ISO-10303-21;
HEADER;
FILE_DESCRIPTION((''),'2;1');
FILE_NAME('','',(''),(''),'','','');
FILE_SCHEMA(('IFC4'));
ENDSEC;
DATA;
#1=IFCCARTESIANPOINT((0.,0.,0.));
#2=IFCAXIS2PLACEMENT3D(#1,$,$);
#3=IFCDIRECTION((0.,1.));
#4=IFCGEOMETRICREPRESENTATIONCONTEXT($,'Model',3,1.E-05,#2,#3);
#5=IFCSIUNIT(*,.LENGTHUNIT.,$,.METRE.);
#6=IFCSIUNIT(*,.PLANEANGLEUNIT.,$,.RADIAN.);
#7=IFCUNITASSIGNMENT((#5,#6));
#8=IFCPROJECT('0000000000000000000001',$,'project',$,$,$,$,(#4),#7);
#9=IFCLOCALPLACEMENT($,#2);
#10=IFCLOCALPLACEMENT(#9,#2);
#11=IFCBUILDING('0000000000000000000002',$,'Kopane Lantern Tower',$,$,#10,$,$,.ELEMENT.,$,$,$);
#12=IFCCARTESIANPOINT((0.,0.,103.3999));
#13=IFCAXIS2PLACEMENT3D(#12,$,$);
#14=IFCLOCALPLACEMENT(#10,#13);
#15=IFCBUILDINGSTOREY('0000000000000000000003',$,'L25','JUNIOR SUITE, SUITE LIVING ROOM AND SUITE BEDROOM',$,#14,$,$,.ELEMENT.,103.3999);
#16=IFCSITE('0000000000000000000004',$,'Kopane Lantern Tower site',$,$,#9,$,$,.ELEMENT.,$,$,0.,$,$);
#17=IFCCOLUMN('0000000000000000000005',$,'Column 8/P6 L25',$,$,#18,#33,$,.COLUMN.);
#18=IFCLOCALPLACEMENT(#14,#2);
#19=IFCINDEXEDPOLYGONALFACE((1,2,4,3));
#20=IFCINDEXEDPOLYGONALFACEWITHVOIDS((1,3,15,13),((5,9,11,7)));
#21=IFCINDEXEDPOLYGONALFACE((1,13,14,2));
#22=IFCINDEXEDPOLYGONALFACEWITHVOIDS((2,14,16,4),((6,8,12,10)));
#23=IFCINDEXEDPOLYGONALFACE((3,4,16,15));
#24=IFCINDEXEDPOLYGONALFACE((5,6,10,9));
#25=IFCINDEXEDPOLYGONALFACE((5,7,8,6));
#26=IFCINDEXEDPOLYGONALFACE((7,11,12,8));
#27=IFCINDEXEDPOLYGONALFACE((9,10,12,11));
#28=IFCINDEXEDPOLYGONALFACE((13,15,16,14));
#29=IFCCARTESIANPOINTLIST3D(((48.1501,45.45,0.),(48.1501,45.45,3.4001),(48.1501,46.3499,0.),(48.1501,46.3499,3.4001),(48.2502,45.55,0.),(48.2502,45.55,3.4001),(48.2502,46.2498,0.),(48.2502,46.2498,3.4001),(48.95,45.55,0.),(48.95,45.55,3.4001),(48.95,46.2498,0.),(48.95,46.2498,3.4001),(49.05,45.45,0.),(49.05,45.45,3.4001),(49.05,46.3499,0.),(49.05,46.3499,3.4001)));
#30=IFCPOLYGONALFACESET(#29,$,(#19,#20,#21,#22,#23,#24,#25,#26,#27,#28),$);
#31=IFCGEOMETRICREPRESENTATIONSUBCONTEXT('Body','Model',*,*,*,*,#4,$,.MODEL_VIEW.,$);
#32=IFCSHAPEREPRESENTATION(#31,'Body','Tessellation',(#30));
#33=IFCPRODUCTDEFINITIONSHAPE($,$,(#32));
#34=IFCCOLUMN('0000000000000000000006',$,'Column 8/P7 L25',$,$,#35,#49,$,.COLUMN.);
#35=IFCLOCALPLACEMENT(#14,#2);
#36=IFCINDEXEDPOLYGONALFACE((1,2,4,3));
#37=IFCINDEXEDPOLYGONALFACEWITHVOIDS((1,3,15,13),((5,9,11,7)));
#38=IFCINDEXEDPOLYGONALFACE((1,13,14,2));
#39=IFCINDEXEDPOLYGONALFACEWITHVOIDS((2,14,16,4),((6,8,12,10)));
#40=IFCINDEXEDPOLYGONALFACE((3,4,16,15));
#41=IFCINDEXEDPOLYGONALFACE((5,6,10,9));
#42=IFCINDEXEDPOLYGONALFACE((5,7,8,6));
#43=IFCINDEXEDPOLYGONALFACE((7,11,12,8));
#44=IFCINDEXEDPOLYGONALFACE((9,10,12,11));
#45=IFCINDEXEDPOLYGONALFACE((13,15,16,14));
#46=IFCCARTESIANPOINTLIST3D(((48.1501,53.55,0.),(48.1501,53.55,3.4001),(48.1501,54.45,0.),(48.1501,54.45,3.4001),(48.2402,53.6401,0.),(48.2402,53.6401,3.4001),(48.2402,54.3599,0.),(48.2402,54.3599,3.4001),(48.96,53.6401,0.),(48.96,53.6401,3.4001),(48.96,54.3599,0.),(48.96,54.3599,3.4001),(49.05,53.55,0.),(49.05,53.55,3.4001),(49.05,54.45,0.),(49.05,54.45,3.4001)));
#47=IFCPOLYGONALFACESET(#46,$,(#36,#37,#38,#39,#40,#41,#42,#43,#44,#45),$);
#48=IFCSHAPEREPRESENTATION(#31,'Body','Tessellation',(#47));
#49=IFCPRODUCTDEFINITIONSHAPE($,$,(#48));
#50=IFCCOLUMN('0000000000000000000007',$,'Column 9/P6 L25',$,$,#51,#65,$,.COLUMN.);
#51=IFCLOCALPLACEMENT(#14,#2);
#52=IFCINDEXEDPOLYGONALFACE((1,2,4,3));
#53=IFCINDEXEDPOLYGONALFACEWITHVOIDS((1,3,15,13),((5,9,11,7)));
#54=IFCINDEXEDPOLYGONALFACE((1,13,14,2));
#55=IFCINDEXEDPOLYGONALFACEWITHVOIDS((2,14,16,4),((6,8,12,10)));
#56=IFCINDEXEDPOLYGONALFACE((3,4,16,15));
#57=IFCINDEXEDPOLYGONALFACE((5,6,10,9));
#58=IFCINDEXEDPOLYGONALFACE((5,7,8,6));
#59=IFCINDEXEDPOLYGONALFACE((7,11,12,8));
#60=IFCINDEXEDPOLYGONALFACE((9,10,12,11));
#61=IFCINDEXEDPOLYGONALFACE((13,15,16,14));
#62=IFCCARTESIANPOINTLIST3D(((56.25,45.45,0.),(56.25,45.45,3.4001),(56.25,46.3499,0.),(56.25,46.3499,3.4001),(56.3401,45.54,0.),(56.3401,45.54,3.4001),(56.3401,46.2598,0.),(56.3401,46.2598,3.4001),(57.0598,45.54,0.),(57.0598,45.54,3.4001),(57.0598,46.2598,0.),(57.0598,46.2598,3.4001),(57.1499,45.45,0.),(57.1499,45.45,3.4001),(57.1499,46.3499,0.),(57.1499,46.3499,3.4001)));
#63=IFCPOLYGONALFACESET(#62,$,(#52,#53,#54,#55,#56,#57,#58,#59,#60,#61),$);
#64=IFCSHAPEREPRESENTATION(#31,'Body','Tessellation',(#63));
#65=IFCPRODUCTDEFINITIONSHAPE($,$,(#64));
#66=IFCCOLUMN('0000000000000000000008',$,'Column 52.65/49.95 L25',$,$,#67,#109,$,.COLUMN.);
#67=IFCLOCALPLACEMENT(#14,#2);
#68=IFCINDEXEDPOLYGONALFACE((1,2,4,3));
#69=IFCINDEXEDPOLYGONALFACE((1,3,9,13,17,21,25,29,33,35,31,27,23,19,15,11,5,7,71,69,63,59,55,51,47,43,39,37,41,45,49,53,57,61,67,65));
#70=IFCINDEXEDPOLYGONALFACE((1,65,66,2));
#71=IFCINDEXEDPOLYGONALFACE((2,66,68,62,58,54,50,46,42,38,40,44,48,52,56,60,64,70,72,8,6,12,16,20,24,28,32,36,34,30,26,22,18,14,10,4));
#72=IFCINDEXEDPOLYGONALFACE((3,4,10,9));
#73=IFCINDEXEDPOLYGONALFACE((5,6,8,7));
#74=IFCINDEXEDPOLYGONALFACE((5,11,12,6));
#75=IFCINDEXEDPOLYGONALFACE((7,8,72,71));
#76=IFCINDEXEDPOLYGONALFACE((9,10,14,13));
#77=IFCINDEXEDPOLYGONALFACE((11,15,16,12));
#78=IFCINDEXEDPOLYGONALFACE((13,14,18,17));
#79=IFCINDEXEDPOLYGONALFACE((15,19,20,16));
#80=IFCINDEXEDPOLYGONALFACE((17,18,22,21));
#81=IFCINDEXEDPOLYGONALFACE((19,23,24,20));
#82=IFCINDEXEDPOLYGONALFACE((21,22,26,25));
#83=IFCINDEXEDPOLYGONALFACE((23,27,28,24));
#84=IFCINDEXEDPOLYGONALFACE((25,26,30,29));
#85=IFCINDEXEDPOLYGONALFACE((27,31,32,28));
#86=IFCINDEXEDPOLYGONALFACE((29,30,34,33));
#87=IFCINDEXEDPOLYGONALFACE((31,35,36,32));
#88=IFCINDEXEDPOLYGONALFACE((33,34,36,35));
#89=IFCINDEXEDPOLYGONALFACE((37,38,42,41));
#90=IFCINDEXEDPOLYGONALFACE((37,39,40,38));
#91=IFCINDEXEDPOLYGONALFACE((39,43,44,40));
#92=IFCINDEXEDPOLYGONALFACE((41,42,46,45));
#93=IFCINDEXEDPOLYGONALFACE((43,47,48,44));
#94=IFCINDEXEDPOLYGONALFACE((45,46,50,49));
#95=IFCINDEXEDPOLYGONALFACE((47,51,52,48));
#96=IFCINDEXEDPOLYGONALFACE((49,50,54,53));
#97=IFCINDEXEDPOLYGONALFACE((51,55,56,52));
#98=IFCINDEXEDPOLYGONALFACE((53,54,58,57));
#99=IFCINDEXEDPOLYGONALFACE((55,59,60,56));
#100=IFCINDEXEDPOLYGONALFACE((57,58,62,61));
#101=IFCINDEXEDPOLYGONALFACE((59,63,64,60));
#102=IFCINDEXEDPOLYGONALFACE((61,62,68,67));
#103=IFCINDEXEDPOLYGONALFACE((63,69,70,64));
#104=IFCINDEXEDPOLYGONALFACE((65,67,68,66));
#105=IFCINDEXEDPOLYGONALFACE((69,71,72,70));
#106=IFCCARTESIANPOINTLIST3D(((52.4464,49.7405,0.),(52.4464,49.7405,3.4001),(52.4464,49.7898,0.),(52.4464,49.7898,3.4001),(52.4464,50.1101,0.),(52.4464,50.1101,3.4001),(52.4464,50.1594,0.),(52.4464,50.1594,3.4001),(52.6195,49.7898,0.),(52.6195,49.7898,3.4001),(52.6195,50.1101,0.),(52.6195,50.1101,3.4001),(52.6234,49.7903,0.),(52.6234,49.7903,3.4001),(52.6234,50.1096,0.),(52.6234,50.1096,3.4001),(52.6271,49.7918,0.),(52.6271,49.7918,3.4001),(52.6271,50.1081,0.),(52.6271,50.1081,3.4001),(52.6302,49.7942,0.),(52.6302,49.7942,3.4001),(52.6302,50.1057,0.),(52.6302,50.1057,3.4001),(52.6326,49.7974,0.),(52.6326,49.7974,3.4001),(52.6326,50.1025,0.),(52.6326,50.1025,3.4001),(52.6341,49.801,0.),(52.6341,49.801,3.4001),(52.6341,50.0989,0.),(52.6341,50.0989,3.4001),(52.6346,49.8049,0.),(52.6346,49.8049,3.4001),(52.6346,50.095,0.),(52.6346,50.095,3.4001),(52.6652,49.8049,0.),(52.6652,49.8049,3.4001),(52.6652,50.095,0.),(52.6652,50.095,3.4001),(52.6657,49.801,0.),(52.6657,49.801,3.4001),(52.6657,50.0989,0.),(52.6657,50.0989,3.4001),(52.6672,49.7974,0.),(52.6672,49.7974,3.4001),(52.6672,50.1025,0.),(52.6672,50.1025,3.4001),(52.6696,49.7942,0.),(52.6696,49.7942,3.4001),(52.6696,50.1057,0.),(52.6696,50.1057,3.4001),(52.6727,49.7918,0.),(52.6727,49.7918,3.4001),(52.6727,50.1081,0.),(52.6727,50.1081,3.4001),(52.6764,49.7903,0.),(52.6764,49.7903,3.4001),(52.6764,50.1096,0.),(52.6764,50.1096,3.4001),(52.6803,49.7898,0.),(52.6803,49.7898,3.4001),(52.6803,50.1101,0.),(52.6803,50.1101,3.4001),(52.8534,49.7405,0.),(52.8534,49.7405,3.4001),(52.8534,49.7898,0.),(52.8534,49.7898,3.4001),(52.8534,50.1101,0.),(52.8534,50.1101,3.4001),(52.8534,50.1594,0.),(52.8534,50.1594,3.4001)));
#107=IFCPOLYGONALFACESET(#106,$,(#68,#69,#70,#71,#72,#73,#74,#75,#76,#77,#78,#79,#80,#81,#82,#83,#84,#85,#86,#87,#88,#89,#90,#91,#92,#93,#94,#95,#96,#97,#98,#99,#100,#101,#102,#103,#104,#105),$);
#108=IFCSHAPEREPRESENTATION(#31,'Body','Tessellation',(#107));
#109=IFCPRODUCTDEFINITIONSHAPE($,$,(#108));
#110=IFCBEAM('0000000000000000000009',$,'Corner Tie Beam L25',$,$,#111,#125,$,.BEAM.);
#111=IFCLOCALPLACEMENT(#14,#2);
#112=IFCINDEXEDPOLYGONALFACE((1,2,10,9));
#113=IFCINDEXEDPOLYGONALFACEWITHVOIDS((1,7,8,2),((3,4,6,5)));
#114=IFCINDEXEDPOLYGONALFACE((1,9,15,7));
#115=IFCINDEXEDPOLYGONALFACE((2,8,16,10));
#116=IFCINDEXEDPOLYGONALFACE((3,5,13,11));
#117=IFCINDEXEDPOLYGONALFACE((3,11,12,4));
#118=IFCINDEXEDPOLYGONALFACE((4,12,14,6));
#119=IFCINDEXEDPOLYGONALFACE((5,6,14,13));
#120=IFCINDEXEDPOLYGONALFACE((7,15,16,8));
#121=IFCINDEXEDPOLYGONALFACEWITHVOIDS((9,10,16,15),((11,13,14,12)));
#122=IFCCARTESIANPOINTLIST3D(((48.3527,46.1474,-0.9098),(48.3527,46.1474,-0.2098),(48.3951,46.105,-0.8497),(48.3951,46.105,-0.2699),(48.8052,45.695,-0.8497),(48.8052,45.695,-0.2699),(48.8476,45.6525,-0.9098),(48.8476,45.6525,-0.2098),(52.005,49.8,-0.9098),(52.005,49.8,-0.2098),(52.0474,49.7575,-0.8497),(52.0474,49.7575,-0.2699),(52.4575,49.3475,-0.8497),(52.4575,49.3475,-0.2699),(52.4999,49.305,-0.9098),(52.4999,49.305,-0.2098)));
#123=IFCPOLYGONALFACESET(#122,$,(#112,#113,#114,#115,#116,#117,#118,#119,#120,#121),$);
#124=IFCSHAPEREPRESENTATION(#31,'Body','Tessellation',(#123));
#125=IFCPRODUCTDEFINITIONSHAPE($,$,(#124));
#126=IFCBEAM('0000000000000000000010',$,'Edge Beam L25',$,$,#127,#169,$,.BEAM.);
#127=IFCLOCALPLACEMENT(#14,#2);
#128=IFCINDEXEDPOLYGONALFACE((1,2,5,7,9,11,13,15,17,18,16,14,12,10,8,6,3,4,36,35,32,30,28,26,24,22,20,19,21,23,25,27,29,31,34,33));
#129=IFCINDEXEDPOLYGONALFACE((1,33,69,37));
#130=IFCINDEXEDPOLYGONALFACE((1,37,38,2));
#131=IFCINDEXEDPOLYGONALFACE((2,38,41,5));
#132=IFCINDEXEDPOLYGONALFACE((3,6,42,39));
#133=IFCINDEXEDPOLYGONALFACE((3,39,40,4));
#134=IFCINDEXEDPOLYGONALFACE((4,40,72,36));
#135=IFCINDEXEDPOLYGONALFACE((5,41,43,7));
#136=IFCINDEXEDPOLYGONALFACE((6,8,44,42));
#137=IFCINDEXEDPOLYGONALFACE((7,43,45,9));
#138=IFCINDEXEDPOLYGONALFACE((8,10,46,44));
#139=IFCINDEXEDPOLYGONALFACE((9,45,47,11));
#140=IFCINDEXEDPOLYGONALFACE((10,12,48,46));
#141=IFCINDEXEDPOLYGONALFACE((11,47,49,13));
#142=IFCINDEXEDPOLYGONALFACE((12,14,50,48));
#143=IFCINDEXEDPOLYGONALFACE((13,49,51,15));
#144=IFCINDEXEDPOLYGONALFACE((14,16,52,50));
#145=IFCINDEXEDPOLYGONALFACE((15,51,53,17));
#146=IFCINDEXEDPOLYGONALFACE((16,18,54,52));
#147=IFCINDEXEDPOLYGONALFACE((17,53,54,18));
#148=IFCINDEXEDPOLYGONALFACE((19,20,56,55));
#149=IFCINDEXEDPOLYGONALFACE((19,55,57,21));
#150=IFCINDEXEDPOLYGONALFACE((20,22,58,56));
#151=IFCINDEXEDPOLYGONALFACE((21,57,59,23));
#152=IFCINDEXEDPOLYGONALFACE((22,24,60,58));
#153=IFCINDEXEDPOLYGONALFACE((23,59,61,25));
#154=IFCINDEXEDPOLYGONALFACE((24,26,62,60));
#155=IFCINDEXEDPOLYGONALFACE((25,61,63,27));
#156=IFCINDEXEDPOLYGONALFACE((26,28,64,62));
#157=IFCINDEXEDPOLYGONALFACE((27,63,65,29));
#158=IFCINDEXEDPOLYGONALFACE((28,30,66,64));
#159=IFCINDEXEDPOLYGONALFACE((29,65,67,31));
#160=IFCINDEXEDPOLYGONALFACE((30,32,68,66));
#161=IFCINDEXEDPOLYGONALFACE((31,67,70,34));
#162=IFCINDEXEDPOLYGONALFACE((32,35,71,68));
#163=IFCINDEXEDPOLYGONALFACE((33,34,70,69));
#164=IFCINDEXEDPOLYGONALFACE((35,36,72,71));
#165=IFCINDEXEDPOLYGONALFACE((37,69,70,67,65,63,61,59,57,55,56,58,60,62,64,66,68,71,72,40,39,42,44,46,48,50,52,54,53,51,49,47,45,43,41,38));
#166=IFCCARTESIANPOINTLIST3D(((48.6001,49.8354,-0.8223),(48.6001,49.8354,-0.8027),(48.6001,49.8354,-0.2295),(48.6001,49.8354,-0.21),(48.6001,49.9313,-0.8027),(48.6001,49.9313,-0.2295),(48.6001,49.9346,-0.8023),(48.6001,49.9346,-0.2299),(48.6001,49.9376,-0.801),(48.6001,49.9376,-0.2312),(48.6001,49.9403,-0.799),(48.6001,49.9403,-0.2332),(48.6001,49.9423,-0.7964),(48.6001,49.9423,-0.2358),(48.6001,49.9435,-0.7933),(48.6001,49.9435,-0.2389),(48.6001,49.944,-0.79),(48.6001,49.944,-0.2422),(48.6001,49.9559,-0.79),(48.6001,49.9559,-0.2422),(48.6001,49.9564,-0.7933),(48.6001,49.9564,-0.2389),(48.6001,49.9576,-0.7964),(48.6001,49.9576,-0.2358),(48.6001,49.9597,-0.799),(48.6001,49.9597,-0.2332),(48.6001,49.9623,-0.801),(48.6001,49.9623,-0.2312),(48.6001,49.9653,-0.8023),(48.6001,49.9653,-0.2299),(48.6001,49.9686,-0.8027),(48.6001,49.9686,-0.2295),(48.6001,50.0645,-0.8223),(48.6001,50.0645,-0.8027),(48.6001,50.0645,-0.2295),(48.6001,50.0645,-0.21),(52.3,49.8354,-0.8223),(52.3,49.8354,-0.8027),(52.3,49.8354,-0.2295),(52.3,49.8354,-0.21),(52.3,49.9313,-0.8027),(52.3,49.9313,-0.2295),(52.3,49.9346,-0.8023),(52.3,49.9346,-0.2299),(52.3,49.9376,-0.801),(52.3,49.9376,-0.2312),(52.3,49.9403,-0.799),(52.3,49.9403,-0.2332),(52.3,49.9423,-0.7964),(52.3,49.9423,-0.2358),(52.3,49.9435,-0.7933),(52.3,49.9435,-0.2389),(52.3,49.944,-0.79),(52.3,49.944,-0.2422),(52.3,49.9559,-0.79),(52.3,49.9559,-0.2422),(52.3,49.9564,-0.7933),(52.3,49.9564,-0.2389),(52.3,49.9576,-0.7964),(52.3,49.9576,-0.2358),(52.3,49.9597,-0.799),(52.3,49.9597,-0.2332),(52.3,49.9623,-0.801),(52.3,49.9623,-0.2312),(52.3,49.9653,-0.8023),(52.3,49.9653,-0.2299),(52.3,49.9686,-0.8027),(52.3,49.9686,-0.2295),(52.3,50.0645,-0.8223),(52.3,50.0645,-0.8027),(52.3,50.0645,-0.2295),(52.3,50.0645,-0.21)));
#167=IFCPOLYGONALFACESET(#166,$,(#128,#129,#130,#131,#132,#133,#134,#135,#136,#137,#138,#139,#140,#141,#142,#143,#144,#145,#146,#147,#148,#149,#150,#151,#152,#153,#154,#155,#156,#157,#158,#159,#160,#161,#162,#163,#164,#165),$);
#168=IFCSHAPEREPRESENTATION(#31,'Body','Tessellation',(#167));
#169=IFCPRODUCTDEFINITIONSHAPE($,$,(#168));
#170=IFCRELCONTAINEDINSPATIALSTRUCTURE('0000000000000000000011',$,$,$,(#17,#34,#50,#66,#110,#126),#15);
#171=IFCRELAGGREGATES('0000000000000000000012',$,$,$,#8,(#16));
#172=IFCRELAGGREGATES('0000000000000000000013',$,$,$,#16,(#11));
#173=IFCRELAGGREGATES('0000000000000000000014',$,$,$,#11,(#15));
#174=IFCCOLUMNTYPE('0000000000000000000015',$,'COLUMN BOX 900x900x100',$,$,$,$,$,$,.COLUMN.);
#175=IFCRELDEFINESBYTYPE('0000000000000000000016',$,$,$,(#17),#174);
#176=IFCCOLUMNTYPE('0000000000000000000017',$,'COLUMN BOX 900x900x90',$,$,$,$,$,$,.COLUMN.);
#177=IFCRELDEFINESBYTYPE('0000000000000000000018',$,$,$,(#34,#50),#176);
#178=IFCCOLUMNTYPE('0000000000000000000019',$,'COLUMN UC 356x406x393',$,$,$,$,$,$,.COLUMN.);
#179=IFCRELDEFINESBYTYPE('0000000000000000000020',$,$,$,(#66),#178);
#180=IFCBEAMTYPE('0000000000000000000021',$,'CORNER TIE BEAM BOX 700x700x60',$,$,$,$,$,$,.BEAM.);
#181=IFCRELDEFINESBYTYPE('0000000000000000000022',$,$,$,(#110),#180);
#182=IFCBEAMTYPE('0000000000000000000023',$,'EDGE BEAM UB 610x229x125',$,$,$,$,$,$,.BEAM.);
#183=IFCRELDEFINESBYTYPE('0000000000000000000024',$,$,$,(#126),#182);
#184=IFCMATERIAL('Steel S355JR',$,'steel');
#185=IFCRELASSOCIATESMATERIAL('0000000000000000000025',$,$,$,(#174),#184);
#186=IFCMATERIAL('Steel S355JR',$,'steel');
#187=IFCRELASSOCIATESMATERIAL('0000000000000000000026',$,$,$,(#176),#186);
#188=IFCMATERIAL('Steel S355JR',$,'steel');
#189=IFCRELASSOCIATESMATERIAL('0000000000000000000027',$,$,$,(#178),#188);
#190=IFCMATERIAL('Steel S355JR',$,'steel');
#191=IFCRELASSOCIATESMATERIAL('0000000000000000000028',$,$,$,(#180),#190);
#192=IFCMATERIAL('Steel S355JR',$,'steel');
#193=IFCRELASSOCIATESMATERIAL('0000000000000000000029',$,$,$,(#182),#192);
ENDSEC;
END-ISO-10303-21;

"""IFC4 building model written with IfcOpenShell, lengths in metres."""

from ifc_helpers import new_model, si_unit, direction, frame, origin, origin_2d, place, context, subcontext, project, spatial, hollow_rectangle, i_section, extrude, material, material_profile, profile_set, type_object, element, save


model = new_model("IFC4")

# Units and contexts
model_context = context("Model", 3, precision=1e-05, world=origin(), true_north=direction((0.0, 1.0)))
body_context = subcontext(model_context, "Body", "Model", "MODEL_VIEW")
ifc_project = project(units=[si_unit("LENGTHUNIT", "METRE"), si_unit("PLANEANGLEUNIT", "RADIAN")], contexts=[model_context])

# Site, building, storey
site_placement = place(None, origin())
site = spatial("IfcSite", under=ifc_project, at=site_placement, Name="Kopane Lantern Tower site", CompositionType="ELEMENT", RefElevation=0.0)
building_placement = place(site_placement, origin())
building = spatial("IfcBuilding", under=site, at=building_placement, Name="Kopane Lantern Tower", CompositionType="ELEMENT")
storey_placement = place(building_placement, frame((0.0, 0.0, 103.3999)))
storey = spatial("IfcBuildingStorey", under=building, at=storey_placement, Name="L25", Description="JUNIOR SUITE, SUITE LIVING ROOM AND SUITE BEDROOM", CompositionType="ELEMENT", Elevation=103.3999)

# Columns
ifc_material_1 = material(Name="Steel S355JR", Category="steel")
ifc_material_profile_1 = material_profile(ifc_material_1, hollow_rectangle(XDim=0.8999, YDim=0.8999, WallThickness=0.1001, at=origin_2d()), Name="BOX 900x900x100")
ifc_profile_set_1 = profile_set([ifc_material_profile_1], Name="Steel S355JR")
column_type_1 = type_object("IfcColumnType", Name="COLUMN BOX 900x900x100", PredefinedType="COLUMN", material=ifc_profile_set_1)
column_1_placement = place(storey_placement, frame((48.6001, 45.8999, 0.0), z_axis=(0.0, 0.0, 1.0), x_axis=(1.0, 0.0, 0.0)))
element("IfcColumn", 1, at=column_1_placement, inside=storey, type_object=column_type_1, Name="Column 8/P6 L25", PredefinedType="COLUMN", context=body_context, shape_type="SweptSolid", body=[
    extrude(hollow_rectangle(XDim=0.8999, YDim=0.8999, WallThickness=0.1001, at=origin_2d()), origin(), (0.0, 0.0, 1.0), 3.4001),
])
ifc_material_2 = material(Name="Steel S355JR", Category="steel")
ifc_material_profile_2 = material_profile(ifc_material_2, hollow_rectangle(XDim=0.8999, YDim=0.8999, WallThickness=0.0901, at=origin_2d()), Name="BOX 900x900x90")
ifc_profile_set_2 = profile_set([ifc_material_profile_2], Name="Steel S355JR")
column_type_2 = type_object("IfcColumnType", Name="COLUMN BOX 900x900x90", PredefinedType="COLUMN", material=ifc_profile_set_2)
for number, where, z_axis, x_axis, name in (
    (2, (48.6001, 54.0, 0.0), (0.0, 0.0, 1.0), (1.0, 0.0, 0.0), "Column 8/P7 L25"),
    (3, (56.7, 45.8999, 0.0), (0.0, 0.0, 1.0), (1.0, 0.0, 0.0), "Column 9/P6 L25"),
):
    element("IfcColumn", number, at=place(storey_placement, frame(where, z_axis=z_axis, x_axis=x_axis)), inside=storey, type_object=column_type_2, Name=name, PredefinedType="COLUMN", context=body_context, shape_type="SweptSolid", body=[
        extrude(hollow_rectangle(XDim=0.8999, YDim=0.8999, WallThickness=0.0901, at=origin_2d()), origin(), (0.0, 0.0, 1.0), 3.4001),
    ])
ifc_material_3 = material(Name="Steel S355JR", Category="steel")
ifc_material_profile_3 = material_profile(ifc_material_3, i_section(OverallWidth=0.407, OverallDepth=0.4189, WebThickness=0.0305, FlangeThickness=0.0493, FilletRadius=0.0151, at=origin_2d()), Name="UC 356x406x393")
ifc_profile_set_3 = profile_set([ifc_material_profile_3], Name="Steel S355JR")
column_type_3 = type_object("IfcColumnType", Name="COLUMN UC 356x406x393", PredefinedType="COLUMN", material=ifc_profile_set_3)
column_2_placement = place(storey_placement, frame((52.6499, 49.95, 0.0), z_axis=(0.0, 0.0, 1.0), x_axis=(1.0, 0.0, 0.0)))
element("IfcColumn", 4, at=column_2_placement, inside=storey, type_object=column_type_3, Name="Column 52.65/49.95 L25", PredefinedType="COLUMN", context=body_context, shape_type="SweptSolid", body=[
    extrude(i_section(OverallWidth=0.407, OverallDepth=0.4189, WebThickness=0.0305, FlangeThickness=0.0493, FilletRadius=0.0151, at=origin_2d()), origin(), (0.0, 0.0, 1.0), 3.4001),
])

# Beams
ifc_material_4 = material(Name="Steel S355JR", Category="steel")
ifc_material_profile_4 = material_profile(ifc_material_4, hollow_rectangle(XDim=0.7, YDim=0.7, WallThickness=0.0601, at=origin_2d()), Name="BOX 700x700x60")
ifc_profile_set_4 = profile_set([ifc_material_profile_4], Name="Steel S355JR")
beam_type_1 = type_object("IfcBeamType", Name="CORNER TIE BEAM BOX 700x700x60", PredefinedType="BEAM", material=ifc_profile_set_4)
beam_1_placement = place(storey_placement, frame((52.2524, 49.5525, -0.5598), z_axis=(-0.707083, -0.70713, 0.0), x_axis=(0.70713, -0.707083, 0.0)))
element("IfcBeam", 5, at=beam_1_placement, inside=storey, type_object=beam_type_1, Name="Corner Tie Beam L25", PredefinedType="BEAM", context=body_context, shape_type="SweptSolid", body=[
    extrude(hollow_rectangle(XDim=0.7, YDim=0.7, WallThickness=0.0601, at=origin_2d()), origin(), (0.0, 0.0, 1.0), 5.1653),
])
ifc_material_5 = material(Name="Steel S355JR", Category="steel")
ifc_material_profile_5 = material_profile(ifc_material_5, i_section(OverallWidth=0.229, OverallDepth=0.6123, WebThickness=0.012, FlangeThickness=0.0195, FilletRadius=0.0127, at=origin_2d()), Name="UB 610x229x125")
ifc_profile_set_5 = profile_set([ifc_material_profile_5], Name="Steel S355JR")
beam_type_2 = type_object("IfcBeamType", Name="EDGE BEAM UB 610x229x125", PredefinedType="BEAM", material=ifc_profile_set_5)
beam_2_placement = place(storey_placement, frame((52.3, 49.95, -0.5161), z_axis=(-1.0, 0.0, 0.0), x_axis=(0.0, -1.0, 0.0)))
element("IfcBeam", 6, at=beam_2_placement, inside=storey, type_object=beam_type_2, Name="Edge Beam L25", PredefinedType="BEAM", context=body_context, shape_type="SweptSolid", body=[
    extrude(i_section(OverallWidth=0.229, OverallDepth=0.6123, WebThickness=0.012, FlangeThickness=0.0195, FilletRadius=0.0127, at=origin_2d()), origin(), (0.0, 0.0, 1.0), 3.7),
])

save(model, "model.ifc")
